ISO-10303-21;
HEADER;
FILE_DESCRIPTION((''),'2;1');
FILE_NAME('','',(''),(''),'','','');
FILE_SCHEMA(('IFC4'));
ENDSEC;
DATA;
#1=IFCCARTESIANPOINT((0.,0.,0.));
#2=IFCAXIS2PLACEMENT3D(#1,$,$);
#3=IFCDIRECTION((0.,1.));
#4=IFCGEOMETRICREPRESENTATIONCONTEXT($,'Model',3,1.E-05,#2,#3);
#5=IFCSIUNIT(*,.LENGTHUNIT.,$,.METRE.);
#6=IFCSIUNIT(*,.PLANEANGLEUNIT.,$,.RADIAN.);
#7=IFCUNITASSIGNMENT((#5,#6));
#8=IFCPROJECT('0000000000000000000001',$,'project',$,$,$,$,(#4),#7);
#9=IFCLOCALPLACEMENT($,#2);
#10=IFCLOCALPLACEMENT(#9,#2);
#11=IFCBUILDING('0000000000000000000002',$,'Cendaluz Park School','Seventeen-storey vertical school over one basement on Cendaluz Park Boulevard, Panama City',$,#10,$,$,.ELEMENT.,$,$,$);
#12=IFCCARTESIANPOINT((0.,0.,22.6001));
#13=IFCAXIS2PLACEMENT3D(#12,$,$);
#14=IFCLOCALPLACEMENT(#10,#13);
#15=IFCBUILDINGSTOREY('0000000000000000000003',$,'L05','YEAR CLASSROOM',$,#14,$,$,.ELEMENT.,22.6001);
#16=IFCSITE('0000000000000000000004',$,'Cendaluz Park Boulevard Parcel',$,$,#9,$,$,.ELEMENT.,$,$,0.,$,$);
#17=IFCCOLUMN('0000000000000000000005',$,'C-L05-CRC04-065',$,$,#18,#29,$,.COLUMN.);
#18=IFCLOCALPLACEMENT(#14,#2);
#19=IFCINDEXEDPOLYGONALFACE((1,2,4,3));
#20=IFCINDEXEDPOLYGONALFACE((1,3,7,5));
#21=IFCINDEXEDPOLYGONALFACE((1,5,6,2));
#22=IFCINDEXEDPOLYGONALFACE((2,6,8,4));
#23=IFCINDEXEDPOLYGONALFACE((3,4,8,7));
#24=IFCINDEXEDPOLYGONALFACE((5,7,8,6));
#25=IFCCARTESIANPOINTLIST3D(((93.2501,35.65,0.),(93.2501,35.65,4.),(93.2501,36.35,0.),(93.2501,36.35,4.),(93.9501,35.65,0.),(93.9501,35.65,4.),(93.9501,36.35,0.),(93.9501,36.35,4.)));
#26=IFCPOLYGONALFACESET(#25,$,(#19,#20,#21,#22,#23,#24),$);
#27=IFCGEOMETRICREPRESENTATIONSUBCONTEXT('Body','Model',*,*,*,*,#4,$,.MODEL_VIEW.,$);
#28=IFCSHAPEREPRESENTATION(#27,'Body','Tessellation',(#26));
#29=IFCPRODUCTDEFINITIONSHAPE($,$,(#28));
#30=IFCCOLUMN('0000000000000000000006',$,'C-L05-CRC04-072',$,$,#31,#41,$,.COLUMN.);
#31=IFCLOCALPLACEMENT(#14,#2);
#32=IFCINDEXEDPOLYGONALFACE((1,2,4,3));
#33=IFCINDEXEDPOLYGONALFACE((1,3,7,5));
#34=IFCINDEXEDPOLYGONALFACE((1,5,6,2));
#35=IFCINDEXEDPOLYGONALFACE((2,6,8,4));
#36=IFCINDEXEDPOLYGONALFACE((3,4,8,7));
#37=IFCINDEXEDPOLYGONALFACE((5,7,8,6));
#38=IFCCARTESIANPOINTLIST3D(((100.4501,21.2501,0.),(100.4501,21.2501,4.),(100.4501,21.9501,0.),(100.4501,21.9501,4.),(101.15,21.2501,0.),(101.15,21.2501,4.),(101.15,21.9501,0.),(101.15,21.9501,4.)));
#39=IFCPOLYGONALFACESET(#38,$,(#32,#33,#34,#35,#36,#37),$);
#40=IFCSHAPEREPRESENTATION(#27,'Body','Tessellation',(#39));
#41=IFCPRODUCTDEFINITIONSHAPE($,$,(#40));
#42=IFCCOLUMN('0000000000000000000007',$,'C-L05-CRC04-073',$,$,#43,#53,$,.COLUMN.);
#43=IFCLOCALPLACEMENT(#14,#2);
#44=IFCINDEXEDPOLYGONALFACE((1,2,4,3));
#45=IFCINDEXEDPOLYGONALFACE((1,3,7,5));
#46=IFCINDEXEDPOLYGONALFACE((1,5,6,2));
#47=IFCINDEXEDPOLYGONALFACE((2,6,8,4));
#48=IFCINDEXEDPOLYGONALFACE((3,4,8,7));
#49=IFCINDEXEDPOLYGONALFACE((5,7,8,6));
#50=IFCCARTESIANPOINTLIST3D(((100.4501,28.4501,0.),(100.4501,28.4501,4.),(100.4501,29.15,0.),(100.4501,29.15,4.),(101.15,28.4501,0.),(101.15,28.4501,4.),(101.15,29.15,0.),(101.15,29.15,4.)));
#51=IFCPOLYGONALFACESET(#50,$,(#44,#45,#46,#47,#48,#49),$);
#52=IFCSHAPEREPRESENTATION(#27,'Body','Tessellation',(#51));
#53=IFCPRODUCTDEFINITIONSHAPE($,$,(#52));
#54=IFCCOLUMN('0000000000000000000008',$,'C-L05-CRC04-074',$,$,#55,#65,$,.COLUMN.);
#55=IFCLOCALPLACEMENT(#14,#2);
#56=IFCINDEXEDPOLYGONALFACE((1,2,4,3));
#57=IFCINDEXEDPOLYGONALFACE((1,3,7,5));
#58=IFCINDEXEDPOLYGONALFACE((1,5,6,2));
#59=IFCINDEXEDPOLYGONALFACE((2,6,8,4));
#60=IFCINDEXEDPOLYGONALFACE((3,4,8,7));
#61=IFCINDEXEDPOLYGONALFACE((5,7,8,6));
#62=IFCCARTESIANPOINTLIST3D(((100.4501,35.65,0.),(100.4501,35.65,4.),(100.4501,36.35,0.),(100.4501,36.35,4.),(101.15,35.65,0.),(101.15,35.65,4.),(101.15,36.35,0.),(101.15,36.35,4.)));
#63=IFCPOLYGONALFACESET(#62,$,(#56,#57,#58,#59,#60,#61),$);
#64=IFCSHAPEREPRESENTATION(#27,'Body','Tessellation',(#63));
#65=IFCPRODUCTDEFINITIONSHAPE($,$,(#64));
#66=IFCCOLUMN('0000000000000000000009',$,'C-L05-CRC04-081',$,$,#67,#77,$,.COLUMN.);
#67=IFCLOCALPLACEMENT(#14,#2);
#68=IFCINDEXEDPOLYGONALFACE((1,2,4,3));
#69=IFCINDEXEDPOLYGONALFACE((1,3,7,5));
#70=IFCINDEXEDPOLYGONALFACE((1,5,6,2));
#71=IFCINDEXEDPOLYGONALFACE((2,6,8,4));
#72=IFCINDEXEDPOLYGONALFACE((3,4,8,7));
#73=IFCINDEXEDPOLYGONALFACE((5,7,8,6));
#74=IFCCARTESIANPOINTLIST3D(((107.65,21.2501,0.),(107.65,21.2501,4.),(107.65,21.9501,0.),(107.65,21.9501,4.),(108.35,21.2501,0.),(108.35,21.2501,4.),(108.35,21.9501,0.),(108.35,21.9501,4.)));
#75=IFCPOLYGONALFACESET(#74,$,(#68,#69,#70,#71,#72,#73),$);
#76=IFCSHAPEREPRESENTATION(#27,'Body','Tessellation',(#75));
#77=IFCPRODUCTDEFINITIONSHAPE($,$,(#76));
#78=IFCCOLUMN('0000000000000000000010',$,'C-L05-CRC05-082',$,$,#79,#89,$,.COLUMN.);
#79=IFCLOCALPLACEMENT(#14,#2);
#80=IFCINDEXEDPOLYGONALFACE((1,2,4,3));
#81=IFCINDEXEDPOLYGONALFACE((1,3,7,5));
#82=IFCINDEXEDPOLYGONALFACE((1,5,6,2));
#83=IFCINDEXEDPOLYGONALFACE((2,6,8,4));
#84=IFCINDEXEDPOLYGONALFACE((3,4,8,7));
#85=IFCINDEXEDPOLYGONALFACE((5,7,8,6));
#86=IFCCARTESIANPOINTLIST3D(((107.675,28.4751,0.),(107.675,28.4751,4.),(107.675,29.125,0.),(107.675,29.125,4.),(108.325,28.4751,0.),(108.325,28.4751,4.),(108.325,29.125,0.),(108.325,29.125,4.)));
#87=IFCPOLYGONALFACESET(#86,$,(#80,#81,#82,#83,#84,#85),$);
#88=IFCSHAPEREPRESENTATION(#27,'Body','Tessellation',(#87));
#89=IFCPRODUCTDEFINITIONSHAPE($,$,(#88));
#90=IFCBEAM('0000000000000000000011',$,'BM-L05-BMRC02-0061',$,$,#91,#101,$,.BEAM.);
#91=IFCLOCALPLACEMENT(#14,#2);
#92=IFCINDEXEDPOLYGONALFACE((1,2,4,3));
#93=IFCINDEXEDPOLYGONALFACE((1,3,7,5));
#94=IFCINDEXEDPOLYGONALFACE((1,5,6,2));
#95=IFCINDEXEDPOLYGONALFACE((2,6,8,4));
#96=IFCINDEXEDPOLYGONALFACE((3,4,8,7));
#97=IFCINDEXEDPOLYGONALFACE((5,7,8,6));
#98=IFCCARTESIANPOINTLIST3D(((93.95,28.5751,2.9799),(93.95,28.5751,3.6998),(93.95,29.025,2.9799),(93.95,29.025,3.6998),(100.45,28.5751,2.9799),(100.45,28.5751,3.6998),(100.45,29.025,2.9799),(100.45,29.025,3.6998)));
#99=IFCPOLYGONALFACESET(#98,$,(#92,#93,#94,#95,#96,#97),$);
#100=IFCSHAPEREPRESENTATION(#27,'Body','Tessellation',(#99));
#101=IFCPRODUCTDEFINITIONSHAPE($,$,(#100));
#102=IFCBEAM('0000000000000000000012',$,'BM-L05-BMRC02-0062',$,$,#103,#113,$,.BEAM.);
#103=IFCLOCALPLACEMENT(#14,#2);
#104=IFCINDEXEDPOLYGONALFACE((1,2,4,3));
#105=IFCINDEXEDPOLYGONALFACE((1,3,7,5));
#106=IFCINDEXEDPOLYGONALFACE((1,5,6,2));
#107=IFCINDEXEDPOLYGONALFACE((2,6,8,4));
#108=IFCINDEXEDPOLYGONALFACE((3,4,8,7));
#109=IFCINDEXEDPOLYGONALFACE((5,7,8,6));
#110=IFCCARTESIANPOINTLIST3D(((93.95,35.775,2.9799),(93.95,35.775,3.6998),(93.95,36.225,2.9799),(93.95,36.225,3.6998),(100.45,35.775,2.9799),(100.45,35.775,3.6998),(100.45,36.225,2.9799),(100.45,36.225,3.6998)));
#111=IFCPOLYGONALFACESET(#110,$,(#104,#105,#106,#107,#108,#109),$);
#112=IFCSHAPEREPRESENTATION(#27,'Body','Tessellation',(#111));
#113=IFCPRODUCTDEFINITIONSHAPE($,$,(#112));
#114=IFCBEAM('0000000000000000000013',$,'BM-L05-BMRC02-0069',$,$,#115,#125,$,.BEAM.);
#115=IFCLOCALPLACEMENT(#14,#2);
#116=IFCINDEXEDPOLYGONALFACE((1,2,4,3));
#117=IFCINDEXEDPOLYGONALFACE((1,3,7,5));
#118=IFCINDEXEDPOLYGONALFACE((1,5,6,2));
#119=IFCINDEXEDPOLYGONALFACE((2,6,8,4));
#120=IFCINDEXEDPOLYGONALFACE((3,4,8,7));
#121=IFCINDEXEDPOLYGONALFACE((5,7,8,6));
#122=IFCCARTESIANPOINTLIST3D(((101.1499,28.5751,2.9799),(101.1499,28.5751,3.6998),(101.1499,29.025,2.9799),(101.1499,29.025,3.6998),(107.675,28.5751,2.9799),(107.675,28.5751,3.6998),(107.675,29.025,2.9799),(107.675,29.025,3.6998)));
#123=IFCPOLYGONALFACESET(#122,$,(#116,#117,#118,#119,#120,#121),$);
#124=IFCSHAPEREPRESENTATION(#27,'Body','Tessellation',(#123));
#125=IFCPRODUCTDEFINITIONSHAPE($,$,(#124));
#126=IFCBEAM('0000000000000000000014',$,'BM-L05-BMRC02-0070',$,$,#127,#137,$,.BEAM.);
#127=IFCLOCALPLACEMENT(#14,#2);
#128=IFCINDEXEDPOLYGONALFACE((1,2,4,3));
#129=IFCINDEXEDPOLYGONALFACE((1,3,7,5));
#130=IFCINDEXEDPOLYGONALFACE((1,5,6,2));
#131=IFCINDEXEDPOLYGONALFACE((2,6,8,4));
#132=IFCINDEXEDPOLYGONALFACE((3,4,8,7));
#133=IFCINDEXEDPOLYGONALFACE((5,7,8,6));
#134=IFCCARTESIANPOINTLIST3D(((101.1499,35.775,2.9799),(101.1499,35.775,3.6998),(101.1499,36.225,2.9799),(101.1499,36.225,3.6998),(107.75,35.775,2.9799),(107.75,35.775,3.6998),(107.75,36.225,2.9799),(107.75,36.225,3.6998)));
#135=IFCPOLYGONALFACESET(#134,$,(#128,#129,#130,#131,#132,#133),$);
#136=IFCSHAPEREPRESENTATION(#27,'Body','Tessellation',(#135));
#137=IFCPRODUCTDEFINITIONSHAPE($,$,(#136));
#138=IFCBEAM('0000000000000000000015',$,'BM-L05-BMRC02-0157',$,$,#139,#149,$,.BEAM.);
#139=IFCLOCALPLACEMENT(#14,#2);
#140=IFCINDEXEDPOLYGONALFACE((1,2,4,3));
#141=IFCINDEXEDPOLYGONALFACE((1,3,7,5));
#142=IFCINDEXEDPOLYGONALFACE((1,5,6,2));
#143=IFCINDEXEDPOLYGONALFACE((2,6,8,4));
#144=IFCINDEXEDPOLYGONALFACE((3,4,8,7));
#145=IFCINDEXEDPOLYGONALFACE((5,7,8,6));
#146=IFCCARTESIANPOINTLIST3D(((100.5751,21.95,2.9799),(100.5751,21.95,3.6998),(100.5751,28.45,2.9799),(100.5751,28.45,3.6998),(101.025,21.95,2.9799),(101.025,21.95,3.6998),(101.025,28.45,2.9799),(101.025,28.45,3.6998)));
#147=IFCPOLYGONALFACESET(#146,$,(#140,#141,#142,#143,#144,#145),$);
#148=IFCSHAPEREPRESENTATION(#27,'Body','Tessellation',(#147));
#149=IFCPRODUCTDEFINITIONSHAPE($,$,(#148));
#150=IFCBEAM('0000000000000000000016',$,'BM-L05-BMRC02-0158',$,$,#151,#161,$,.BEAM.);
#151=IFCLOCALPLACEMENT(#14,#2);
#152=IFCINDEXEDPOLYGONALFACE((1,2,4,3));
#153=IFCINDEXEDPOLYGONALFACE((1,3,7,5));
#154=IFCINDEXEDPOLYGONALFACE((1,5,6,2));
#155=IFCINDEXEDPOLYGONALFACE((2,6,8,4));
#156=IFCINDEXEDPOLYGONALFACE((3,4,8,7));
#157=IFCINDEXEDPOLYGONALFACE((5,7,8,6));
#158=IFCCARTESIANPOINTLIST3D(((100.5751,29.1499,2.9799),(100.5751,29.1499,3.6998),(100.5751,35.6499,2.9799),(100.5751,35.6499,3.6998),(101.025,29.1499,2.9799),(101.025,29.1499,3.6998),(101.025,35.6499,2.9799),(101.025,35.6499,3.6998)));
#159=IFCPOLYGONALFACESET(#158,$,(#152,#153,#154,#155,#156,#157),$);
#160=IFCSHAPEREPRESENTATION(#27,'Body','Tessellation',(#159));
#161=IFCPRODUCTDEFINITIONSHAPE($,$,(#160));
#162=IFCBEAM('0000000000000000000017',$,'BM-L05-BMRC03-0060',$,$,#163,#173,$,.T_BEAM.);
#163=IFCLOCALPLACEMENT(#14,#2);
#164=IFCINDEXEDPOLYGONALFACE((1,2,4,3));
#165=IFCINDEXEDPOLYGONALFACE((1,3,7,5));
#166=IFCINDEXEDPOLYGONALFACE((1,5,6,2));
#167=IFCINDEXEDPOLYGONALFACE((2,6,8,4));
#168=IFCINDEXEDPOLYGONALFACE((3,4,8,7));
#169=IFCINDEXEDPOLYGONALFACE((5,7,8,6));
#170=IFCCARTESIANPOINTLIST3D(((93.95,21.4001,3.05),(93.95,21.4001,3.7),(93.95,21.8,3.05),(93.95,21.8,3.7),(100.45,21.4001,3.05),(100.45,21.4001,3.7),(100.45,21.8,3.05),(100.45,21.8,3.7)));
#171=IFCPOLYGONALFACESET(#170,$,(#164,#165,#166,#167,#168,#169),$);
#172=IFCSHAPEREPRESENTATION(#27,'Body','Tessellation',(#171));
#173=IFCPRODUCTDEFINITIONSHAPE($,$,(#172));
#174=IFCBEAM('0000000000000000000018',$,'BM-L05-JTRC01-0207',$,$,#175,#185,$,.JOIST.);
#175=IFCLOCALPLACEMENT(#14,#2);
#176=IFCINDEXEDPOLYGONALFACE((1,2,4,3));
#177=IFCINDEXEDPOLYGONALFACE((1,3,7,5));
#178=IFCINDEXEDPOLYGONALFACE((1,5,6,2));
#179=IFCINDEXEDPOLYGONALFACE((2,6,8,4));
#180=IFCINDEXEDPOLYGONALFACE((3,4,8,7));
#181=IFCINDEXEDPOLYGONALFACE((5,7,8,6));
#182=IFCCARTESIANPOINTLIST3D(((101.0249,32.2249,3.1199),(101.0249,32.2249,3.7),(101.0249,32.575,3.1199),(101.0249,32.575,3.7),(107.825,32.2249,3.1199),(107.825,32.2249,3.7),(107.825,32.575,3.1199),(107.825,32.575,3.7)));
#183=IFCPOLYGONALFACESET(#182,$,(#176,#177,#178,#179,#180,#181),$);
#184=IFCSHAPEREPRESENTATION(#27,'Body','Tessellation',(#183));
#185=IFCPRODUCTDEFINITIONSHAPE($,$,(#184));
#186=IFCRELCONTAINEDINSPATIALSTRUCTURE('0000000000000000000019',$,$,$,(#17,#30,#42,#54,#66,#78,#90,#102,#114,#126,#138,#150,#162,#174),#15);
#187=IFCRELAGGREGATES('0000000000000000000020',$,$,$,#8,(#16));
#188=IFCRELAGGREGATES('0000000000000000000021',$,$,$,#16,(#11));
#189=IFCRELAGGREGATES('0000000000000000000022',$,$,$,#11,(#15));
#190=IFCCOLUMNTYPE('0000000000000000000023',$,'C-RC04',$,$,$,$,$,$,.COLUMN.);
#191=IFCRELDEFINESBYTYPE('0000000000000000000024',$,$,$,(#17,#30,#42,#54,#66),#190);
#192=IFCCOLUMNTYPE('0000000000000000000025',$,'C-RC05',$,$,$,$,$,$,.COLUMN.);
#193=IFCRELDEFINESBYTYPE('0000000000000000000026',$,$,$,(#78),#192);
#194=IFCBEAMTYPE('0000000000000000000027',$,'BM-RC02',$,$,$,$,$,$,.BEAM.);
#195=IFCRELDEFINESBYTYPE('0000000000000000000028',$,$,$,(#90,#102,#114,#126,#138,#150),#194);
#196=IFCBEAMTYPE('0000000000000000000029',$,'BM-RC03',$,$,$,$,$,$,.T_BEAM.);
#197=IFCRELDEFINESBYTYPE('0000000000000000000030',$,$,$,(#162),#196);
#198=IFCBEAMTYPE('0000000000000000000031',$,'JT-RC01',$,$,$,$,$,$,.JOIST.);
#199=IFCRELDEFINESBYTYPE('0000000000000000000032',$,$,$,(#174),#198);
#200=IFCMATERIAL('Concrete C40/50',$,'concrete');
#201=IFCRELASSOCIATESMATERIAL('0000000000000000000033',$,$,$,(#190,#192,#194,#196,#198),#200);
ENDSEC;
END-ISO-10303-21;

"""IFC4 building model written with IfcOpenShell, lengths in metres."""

from ifc_helpers import new_model, si_unit, direction, frame, origin, origin_2d, place, context, subcontext, project, spatial, rectangle, extrude, material, material_profile, profile_set, type_object, element, save


model = new_model("IFC4")

# Units and contexts
model_context = context("Model", 3, precision=1e-05, world=origin(), true_north=direction((0.0, 1.0)))
body_context = subcontext(model_context, "Body", "Model", "MODEL_VIEW")
ifc_project = project(units=[si_unit("LENGTHUNIT", "METRE"), si_unit("PLANEANGLEUNIT", "RADIAN")], contexts=[model_context])

# Site, building, storey
site_placement = place(None, origin())
site = spatial("IfcSite", under=ifc_project, at=site_placement, Name="Cendaluz Park Boulevard Parcel", CompositionType="ELEMENT", RefElevation=0.0)
building_placement = place(site_placement, origin())
building = spatial("IfcBuilding", under=site, at=building_placement, Name="Cendaluz Park School", Description="Seventeen-storey vertical school over one basement on Cendaluz Park Boulevard, Panama City", CompositionType="ELEMENT")
storey_placement = place(building_placement, frame((0.0, 0.0, 22.6001)))
storey = spatial("IfcBuildingStorey", under=building, at=storey_placement, Name="L05", Description="YEAR CLASSROOM", CompositionType="ELEMENT", Elevation=22.6001)

# Columns
ifc_material_1 = material(Name="Concrete C40/50", Category="concrete")
ifc_material_profile_1 = material_profile(ifc_material_1, rectangle(XDim=0.7, YDim=0.7, at=origin_2d()), Name="RC 700x700", Category="concrete")
ifc_profile_set_1 = profile_set([ifc_material_profile_1], Name="Concrete C40/50")
column_type_1 = type_object("IfcColumnType", Name="C-RC04", PredefinedType="COLUMN", material=ifc_profile_set_1)
for number, where, z_axis, x_axis, name in (
    (1, (93.6001, 36.0, 0.0), (0.0, 0.0, 1.0), (1.0, 0.0, 0.0), "C-L05-CRC04-065"),
    (2, (100.8, 21.6001, 0.0), (0.0, 0.0, 1.0), (1.0, 0.0, 0.0), "C-L05-CRC04-072"),
    (3, (100.8, 28.8, 0.0), (0.0, 0.0, 1.0), (1.0, 0.0, 0.0), "C-L05-CRC04-073"),
    (4, (100.8, 36.0, 0.0), (0.0, 0.0, 1.0), (1.0, 0.0, 0.0), "C-L05-CRC04-074"),
    (5, (108.0, 21.6001, 0.0), (0.0, 0.0, 1.0), (1.0, 0.0, 0.0), "C-L05-CRC04-081"),
):
    element("IfcColumn", number, at=place(storey_placement, frame(where, z_axis=z_axis, x_axis=x_axis)), inside=storey, type_object=column_type_1, Name=name, PredefinedType="COLUMN", context=body_context, shape_type="SweptSolid", body=[
        extrude(rectangle(XDim=0.7, YDim=0.7, at=origin_2d()), origin(), (0.0, 0.0, 1.0), 4.0),
    ])
ifc_material_profile_2 = material_profile(ifc_material_1, rectangle(XDim=0.6499, YDim=0.6499, at=origin_2d()), Name="RC 650x650", Category="concrete")
ifc_profile_set_2 = profile_set([ifc_material_profile_2], Name="Concrete C40/50")
column_type_2 = type_object("IfcColumnType", Name="C-RC05", PredefinedType="COLUMN", material=ifc_profile_set_2)
column_placement = place(storey_placement, frame((108.0, 28.8, 0.0), z_axis=(0.0, 0.0, 1.0), x_axis=(1.0, 0.0, 0.0)))
element("IfcColumn", 6, at=column_placement, inside=storey, type_object=column_type_2, Name="C-L05-CRC05-082", PredefinedType="COLUMN", context=body_context, shape_type="SweptSolid", body=[
    extrude(rectangle(XDim=0.6499, YDim=0.6499, at=origin_2d()), origin(), (0.0, 0.0, 1.0), 4.0),
])

# Beams
ifc_material_profile_3 = material_profile(ifc_material_1, rectangle(XDim=0.45, YDim=0.72, at=origin_2d()), Name="RC 450x720", Category="concrete")
ifc_profile_set_3 = profile_set([ifc_material_profile_3], Name="Concrete C40/50")
beam_type_1 = type_object("IfcBeamType", Name="BM-RC02", PredefinedType="BEAM", material=ifc_profile_set_3)
for number, where, z_axis, x_axis, name in (
    (7, (93.95, 28.8, 3.3398), (1.0, 0.0, 0.0), (0.0, 1.0, 0.0), "BM-L05-BMRC02-0061"),
    (8, (93.95, 36.0, 3.3398), (1.0, 0.0, 0.0), (0.0, 1.0, 0.0), "BM-L05-BMRC02-0062"),
):
    element("IfcBeam", number, at=place(storey_placement, frame(where, z_axis=z_axis, x_axis=x_axis)), inside=storey, type_object=beam_type_1, Name=name, PredefinedType="BEAM", context=body_context, shape_type="SweptSolid", body=[
        extrude(rectangle(XDim=0.45, YDim=0.72, at=origin_2d()), origin(), (0.0, 0.0, 1.0), 6.5),
    ])
beam_1_placement = place(storey_placement, frame((101.1499, 28.8, 3.3398), z_axis=(1.0, 0.0, 0.0), x_axis=(0.0, 1.0, 0.0)))
element("IfcBeam", 9, at=beam_1_placement, inside=storey, type_object=beam_type_1, Name="BM-L05-BMRC02-0069", PredefinedType="BEAM", context=body_context, shape_type="SweptSolid", body=[
    extrude(rectangle(XDim=0.45, YDim=0.72, at=origin_2d()), origin(), (0.0, 0.0, 1.0), 6.5251),
])
beam_2_placement = place(storey_placement, frame((101.1499, 36.0, 3.3398), z_axis=(1.0, 0.0, 0.0), x_axis=(0.0, 1.0, 0.0)))
element("IfcBeam", 10, at=beam_2_placement, inside=storey, type_object=beam_type_1, Name="BM-L05-BMRC02-0070", PredefinedType="BEAM", context=body_context, shape_type="SweptSolid", body=[
    extrude(rectangle(XDim=0.45, YDim=0.72, at=origin_2d()), origin(), (0.0, 0.0, 1.0), 6.6001),
])
for number, where, z_axis, x_axis, name in (
    (11, (100.8, 21.95, 3.3398), (0.0, 1.0, 0.0), (-1.0, 0.0, 0.0), "BM-L05-BMRC02-0157"),
    (12, (100.8, 29.1499, 3.3398), (0.0, 1.0, 0.0), (-1.0, 0.0, 0.0), "BM-L05-BMRC02-0158"),
):
    element("IfcBeam", number, at=place(storey_placement, frame(where, z_axis=z_axis, x_axis=x_axis)), inside=storey, type_object=beam_type_1, Name=name, PredefinedType="BEAM", context=body_context, shape_type="SweptSolid", body=[
        extrude(rectangle(XDim=0.45, YDim=0.72, at=origin_2d()), origin(), (0.0, 0.0, 1.0), 6.5),
    ])
ifc_material_profile_4 = material_profile(ifc_material_1, rectangle(XDim=0.3999, YDim=0.6499, at=origin_2d()), Name="RC 400x650", Category="concrete")
ifc_profile_set_4 = profile_set([ifc_material_profile_4], Name="Concrete C40/50")
beam_type_2 = type_object("IfcBeamType", Name="BM-RC03", PredefinedType="T_BEAM", material=ifc_profile_set_4)
beam_3_placement = place(storey_placement, frame((93.95, 21.6001, 3.375), z_axis=(1.0, 0.0, 0.0), x_axis=(0.0, 1.0, 0.0)))
element("IfcBeam", 13, at=beam_3_placement, inside=storey, type_object=beam_type_2, Name="BM-L05-BMRC03-0060", PredefinedType="T_BEAM", context=body_context, shape_type="SweptSolid", body=[
    extrude(rectangle(XDim=0.3999, YDim=0.6499, at=origin_2d()), origin(), (0.0, 0.0, 1.0), 6.5),
])
ifc_material_profile_5 = material_profile(ifc_material_1, rectangle(XDim=0.3501, YDim=0.5801, at=origin_2d()), Name="RC 350x580", Category="concrete")
ifc_profile_set_5 = profile_set([ifc_material_profile_5], Name="Concrete C40/50")
beam_type_3 = type_object("IfcBeamType", Name="JT-RC01", PredefinedType="JOIST", material=ifc_profile_set_5)
beam_4_placement = place(storey_placement, frame((101.0249, 32.3999, 3.4099), z_axis=(1.0, 0.0, 0.0), x_axis=(0.0, 1.0, 0.0)))
element("IfcBeam", 14, at=beam_4_placement, inside=storey, type_object=beam_type_3, Name="BM-L05-JTRC01-0207", PredefinedType="JOIST", context=body_context, shape_type="SweptSolid", body=[
    extrude(rectangle(XDim=0.3501, YDim=0.5801, at=origin_2d()), origin(), (0.0, 0.0, 1.0), 6.8),
])

save(model, "model.ifc")
